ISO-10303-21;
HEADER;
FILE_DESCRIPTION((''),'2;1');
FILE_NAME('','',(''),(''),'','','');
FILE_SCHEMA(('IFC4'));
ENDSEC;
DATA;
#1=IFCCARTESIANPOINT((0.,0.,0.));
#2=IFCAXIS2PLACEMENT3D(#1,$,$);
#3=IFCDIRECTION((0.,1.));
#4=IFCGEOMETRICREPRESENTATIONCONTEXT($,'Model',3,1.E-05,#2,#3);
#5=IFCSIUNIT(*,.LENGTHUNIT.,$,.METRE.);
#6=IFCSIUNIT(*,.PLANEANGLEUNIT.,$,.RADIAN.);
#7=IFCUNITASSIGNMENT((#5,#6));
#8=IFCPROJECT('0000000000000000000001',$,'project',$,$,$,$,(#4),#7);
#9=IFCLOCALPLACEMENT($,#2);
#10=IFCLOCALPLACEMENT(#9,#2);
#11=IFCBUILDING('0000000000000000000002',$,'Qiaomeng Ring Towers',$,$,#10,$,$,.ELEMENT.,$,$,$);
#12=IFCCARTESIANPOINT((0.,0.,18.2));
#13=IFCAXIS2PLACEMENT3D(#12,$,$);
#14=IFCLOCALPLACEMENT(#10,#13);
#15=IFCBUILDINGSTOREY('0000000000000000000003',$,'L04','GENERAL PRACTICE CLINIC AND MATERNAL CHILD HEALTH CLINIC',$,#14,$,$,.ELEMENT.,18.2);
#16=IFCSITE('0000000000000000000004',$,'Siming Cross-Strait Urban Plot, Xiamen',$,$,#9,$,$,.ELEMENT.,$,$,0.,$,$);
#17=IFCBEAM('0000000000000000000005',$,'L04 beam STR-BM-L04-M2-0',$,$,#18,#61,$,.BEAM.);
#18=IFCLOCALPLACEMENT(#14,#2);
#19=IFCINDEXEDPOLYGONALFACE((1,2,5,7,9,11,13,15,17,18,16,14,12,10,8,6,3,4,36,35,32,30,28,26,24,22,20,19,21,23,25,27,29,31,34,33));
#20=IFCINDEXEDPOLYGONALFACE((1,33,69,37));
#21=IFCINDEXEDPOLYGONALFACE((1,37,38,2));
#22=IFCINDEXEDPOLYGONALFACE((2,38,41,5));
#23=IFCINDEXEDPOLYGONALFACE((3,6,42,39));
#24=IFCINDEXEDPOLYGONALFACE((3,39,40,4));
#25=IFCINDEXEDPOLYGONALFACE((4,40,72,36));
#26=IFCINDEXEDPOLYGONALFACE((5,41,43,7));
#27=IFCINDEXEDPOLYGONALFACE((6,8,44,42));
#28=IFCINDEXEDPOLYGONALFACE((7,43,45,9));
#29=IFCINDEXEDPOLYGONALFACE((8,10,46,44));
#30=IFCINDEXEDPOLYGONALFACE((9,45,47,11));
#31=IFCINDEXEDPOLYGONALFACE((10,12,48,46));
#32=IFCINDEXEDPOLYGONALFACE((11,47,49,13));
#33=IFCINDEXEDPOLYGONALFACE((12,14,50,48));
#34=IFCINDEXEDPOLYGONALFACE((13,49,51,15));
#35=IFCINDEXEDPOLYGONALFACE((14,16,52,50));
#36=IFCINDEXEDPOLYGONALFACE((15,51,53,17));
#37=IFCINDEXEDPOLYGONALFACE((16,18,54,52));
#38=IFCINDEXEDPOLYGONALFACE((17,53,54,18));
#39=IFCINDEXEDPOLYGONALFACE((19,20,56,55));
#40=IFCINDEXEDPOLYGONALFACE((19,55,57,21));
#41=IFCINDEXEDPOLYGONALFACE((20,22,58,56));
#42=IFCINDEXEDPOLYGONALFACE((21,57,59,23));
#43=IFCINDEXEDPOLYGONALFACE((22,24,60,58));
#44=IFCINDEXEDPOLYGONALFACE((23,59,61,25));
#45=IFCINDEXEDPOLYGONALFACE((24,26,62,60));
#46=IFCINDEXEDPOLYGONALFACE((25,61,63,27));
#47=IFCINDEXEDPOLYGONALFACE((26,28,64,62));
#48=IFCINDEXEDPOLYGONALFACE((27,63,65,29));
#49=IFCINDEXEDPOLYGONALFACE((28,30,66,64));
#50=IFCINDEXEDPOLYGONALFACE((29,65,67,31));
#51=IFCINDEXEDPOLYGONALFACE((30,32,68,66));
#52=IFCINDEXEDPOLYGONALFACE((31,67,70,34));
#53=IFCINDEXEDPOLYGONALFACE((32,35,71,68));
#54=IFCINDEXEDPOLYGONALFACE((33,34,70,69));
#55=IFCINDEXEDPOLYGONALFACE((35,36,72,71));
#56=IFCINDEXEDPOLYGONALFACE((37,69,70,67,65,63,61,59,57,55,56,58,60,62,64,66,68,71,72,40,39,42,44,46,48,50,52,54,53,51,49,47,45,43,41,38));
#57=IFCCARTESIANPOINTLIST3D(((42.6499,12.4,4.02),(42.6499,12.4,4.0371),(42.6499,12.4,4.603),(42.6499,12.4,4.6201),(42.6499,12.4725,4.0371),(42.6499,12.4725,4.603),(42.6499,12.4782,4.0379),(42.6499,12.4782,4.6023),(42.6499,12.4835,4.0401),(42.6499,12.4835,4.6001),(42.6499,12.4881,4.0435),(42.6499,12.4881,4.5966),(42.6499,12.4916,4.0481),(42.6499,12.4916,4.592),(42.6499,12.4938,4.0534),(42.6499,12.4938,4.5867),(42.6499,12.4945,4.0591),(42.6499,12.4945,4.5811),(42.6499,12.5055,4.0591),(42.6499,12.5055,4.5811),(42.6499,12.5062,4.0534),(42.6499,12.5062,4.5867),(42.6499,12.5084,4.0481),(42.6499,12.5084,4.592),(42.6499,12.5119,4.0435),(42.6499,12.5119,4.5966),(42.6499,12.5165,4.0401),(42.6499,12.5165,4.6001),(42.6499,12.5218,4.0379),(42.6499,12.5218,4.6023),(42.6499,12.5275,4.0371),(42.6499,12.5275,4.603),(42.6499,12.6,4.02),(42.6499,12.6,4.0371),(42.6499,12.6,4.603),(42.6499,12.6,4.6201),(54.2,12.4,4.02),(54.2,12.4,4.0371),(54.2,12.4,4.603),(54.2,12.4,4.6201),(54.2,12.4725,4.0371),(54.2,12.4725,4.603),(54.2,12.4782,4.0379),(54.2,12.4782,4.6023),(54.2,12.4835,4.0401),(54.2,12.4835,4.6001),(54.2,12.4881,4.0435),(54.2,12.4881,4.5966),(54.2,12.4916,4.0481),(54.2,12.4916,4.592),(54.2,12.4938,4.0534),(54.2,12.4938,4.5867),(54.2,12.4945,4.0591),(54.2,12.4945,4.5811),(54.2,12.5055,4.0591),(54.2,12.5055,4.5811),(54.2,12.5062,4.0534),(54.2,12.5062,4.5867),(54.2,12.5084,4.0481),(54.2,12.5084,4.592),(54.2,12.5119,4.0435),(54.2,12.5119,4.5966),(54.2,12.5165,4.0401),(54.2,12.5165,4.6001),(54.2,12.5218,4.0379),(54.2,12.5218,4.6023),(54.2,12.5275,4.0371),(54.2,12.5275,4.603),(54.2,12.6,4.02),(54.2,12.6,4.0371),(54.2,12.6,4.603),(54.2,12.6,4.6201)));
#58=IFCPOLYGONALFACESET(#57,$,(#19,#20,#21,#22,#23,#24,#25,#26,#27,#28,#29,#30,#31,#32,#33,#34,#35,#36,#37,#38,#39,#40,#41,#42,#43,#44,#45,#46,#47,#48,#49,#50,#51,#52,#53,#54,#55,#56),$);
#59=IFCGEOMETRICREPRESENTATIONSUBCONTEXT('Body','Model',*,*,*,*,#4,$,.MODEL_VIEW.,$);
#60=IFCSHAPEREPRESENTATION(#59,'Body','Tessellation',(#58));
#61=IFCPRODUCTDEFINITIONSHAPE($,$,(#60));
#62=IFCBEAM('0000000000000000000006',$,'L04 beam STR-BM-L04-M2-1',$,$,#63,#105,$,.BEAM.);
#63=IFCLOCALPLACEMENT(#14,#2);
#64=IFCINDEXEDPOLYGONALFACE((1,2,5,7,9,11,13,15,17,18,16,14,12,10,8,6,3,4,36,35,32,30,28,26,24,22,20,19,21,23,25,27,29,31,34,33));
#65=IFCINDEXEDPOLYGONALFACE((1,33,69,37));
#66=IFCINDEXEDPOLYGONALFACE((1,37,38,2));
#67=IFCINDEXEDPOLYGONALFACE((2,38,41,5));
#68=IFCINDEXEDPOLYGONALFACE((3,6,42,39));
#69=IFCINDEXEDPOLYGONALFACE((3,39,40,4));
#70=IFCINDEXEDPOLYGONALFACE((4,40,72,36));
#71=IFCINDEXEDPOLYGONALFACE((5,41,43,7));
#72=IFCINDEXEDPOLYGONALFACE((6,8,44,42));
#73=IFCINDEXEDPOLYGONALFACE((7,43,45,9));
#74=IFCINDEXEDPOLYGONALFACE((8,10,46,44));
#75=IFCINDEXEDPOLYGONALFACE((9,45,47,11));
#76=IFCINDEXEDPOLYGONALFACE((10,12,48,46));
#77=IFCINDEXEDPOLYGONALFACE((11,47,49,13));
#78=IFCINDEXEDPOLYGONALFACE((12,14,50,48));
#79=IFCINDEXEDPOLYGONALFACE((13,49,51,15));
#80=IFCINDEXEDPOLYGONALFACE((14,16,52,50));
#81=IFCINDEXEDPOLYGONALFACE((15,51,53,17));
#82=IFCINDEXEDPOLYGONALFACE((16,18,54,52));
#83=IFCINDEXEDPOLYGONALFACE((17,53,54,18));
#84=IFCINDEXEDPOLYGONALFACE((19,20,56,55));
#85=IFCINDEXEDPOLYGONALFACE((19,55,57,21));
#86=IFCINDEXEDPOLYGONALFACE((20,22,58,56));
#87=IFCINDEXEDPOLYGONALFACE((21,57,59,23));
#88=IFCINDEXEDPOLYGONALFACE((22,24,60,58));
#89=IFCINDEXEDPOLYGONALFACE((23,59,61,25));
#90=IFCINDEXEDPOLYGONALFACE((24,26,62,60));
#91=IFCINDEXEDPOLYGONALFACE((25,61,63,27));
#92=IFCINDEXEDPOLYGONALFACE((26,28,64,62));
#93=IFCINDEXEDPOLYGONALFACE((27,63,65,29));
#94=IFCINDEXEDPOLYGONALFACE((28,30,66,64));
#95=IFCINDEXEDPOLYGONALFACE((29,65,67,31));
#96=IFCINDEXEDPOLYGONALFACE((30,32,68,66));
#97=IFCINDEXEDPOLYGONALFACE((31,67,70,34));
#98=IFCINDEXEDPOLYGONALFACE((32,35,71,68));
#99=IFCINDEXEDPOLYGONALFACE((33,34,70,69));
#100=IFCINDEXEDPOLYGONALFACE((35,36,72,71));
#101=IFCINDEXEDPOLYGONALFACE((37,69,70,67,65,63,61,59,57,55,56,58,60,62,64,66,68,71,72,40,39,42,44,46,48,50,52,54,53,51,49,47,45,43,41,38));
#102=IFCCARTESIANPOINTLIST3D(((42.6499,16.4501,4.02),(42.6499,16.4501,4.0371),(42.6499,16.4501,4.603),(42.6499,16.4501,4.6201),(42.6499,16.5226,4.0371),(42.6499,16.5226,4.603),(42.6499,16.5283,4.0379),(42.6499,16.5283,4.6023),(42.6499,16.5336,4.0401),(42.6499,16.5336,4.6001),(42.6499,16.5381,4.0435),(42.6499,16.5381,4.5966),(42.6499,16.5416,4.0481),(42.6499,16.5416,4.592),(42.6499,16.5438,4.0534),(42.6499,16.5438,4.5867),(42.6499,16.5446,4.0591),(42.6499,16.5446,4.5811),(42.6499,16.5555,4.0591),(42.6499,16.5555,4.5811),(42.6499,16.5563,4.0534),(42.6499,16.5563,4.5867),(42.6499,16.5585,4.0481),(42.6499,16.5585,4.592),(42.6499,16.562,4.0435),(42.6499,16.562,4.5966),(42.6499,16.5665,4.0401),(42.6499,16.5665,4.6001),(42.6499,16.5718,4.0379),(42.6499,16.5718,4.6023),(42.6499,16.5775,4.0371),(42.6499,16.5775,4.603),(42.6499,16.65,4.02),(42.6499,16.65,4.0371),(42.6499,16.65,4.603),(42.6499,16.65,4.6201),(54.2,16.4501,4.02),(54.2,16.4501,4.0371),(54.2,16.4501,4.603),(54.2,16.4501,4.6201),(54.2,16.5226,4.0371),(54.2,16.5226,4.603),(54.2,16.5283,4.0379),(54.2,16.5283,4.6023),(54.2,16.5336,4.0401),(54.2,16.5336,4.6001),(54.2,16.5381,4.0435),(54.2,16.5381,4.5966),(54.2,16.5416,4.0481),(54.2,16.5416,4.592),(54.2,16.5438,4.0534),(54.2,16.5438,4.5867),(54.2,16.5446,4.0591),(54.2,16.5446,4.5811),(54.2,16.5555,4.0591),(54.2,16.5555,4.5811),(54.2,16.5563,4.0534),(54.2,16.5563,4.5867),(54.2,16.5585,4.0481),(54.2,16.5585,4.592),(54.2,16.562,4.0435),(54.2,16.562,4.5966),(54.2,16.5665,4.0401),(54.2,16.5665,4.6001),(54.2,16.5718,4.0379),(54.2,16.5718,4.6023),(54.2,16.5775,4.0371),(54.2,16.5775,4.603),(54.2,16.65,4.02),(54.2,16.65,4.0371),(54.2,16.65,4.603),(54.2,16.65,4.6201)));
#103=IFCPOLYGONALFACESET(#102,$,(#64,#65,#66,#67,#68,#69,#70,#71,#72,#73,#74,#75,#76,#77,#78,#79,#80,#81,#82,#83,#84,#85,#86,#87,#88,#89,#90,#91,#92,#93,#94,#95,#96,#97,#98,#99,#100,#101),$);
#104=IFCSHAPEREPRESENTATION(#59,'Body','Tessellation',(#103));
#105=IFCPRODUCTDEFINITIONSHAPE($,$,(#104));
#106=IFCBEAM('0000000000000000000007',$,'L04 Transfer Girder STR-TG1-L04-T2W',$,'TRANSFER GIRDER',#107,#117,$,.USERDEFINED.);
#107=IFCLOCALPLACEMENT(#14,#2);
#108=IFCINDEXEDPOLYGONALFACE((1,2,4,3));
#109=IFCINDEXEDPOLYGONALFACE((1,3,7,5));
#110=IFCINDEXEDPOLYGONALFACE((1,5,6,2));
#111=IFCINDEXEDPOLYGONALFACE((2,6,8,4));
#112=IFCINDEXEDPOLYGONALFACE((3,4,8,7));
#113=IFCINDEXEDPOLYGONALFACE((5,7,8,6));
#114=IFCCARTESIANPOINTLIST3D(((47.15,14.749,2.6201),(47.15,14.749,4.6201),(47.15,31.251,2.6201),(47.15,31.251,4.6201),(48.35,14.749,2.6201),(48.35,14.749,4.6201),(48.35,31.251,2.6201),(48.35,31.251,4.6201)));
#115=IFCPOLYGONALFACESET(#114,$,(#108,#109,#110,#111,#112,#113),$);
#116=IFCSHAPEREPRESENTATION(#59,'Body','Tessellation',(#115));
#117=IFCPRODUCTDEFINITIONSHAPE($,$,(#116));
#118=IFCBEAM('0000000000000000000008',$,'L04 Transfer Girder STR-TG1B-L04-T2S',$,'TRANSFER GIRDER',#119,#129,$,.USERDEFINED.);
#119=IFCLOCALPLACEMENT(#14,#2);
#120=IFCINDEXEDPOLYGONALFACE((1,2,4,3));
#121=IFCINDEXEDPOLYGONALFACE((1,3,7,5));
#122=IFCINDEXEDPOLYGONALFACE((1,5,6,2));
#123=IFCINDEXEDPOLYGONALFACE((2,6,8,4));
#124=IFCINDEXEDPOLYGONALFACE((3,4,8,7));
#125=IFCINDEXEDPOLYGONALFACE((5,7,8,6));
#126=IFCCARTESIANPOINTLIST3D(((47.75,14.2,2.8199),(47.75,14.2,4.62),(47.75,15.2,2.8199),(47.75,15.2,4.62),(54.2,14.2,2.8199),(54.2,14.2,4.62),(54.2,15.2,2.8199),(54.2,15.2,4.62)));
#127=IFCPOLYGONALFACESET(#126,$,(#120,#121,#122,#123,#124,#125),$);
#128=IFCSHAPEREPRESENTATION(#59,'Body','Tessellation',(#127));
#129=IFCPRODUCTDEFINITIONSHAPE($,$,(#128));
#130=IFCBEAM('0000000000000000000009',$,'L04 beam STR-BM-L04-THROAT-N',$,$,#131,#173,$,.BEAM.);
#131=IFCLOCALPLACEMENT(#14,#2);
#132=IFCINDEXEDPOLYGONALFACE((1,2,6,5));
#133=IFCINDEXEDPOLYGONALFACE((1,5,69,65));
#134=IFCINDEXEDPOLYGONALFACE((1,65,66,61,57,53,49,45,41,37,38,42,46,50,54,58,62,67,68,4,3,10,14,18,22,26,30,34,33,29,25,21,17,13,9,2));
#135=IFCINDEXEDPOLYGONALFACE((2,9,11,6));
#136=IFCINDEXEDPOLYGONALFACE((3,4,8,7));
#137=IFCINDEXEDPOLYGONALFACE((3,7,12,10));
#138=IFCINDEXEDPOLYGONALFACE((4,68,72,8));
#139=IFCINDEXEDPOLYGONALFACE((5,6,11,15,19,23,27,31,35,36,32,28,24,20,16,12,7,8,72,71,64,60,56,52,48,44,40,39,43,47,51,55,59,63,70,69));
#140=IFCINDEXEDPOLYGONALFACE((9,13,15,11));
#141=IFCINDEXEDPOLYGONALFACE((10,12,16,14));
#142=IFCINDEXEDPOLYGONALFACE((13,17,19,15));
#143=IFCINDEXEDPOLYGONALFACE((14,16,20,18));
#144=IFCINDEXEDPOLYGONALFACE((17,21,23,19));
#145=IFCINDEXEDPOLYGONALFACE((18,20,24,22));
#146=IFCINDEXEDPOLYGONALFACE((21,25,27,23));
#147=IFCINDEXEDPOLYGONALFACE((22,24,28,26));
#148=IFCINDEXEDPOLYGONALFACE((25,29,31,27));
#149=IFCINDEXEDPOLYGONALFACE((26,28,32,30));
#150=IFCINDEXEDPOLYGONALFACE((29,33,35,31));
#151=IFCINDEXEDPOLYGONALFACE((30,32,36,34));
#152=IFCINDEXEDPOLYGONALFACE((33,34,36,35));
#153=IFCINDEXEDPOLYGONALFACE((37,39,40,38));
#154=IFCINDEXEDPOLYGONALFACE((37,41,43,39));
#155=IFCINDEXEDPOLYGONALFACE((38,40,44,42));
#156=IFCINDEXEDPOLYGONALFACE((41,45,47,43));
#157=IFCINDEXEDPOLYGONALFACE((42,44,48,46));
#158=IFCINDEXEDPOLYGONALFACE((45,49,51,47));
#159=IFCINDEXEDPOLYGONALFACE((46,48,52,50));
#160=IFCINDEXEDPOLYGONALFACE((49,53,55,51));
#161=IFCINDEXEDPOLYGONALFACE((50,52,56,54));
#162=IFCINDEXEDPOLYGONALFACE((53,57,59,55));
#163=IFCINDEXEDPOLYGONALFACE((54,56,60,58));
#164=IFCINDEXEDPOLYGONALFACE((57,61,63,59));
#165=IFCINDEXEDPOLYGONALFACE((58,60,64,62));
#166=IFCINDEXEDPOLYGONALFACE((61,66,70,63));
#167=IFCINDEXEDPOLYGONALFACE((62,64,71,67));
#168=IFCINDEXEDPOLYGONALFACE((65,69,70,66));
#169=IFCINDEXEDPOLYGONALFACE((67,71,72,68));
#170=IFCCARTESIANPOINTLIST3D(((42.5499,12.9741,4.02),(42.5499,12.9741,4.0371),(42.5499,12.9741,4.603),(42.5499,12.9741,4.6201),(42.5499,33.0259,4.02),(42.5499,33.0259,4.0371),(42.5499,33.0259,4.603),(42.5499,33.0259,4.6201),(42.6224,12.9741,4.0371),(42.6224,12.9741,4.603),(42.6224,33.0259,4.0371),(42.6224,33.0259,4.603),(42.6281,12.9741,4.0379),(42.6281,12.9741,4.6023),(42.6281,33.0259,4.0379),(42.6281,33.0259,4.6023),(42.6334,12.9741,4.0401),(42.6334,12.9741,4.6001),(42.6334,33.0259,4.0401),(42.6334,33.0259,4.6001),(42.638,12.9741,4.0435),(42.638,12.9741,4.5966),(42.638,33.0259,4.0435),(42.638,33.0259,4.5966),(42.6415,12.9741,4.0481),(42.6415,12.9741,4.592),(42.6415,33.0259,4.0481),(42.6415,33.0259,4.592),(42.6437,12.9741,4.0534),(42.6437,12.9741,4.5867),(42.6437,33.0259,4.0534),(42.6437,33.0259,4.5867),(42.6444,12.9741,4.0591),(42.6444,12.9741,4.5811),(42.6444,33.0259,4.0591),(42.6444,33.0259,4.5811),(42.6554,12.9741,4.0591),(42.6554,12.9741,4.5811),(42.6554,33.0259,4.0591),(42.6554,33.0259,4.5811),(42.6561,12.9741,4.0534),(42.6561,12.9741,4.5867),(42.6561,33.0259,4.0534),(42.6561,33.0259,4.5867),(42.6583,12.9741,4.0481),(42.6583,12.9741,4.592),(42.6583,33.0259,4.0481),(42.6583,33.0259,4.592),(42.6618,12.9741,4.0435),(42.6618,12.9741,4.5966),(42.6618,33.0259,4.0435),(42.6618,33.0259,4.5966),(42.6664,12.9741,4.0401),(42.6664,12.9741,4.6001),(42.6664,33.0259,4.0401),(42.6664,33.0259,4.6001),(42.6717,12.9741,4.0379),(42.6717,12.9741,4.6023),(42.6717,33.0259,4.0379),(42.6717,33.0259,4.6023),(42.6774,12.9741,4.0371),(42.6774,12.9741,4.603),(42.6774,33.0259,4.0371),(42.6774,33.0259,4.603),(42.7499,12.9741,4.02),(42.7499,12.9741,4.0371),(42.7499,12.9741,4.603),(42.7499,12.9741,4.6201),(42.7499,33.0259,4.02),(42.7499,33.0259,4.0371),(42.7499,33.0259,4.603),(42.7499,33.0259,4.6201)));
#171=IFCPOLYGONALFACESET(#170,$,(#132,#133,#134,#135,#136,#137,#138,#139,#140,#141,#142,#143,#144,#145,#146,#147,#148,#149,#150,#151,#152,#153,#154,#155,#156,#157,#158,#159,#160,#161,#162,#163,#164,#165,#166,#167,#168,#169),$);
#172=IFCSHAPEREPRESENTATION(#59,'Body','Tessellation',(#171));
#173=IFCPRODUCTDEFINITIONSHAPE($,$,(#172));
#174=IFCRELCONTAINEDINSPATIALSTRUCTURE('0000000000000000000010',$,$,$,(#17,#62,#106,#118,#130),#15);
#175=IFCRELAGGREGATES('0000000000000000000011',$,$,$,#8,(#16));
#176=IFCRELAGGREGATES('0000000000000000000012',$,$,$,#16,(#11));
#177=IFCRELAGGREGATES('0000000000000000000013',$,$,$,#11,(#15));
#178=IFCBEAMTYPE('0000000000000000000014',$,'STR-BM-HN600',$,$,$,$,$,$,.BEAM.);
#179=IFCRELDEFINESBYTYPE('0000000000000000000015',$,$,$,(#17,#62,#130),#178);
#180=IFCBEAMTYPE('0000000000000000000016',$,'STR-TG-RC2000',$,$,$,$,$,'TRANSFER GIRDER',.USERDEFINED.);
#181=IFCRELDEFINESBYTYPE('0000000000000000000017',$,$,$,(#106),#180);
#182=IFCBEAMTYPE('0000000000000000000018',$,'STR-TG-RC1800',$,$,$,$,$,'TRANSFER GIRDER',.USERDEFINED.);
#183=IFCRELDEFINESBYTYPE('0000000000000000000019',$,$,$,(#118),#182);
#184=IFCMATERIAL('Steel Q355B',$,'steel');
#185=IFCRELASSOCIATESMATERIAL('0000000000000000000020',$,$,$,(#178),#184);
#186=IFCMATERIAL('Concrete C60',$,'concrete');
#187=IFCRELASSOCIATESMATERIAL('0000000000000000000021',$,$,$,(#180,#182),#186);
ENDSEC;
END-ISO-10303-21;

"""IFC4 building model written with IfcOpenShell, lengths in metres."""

from ifc_helpers import new_model, si_unit, direction, frame, origin, origin_2d, place, context, subcontext, project, spatial, rectangle, i_section, extrude, source, transform, mapped, material, material_profile, profile_set, type_object, element, save


model = new_model("IFC4")

# Units and contexts
model_context = context("Model", 3, precision=1e-05, world=origin(), true_north=direction((0.0, 1.0)))
body_context = subcontext(model_context, "Body", "Model", "MODEL_VIEW")
ifc_project = project(units=[si_unit("LENGTHUNIT", "METRE"), si_unit("PLANEANGLEUNIT", "RADIAN")], contexts=[model_context])

# Site, building, storey
site_placement = place(None, origin())
site = spatial("IfcSite", under=ifc_project, at=site_placement, Name="Siming Cross-Strait Urban Plot, Xiamen", CompositionType="ELEMENT", RefElevation=0.0)
building_placement = place(site_placement, origin())
building = spatial("IfcBuilding", under=site, at=building_placement, Name="Qiaomeng Ring Towers", CompositionType="ELEMENT")
storey_placement = place(building_placement, frame((0.0, 0.0, 18.2)))
storey = spatial("IfcBuildingStorey", under=building, at=storey_placement, Name="L04", Description="GENERAL PRACTICE CLINIC AND MATERNAL CHILD HEALTH CLINIC", CompositionType="ELEMENT", Elevation=18.2)

# Shared definitions
ifc_material_1 = material(Name="Concrete C60", Category="concrete")

# Beams
ifc_material_2 = material(Name="Steel Q355B", Category="steel")
ifc_material_profile_1 = material_profile(ifc_material_2, i_section(OverallWidth=0.2, OverallDepth=0.6001, WebThickness=0.011, FlangeThickness=0.0171, FilletRadius=0.022, at=origin_2d()), Name="HN 600x200x11x17")
ifc_profile_set_1 = profile_set([ifc_material_profile_1], Name="Steel Q355B")
beam_type_1 = type_object("IfcBeamType", Name="STR-BM-HN600", PredefinedType="BEAM", material=ifc_profile_set_1)
shared_shape_1 = source(origin(), body_context, "Body", "SweptSolid", [
    extrude(i_section(OverallWidth=0.2, OverallDepth=0.6001, WebThickness=0.011, FlangeThickness=0.0171, FilletRadius=0.022, at=origin_2d()), origin(), (0.0, 0.0, 1.0), 11.55),
])
for number, where, z_axis, x_axis, name in (
    (1, (42.6499, 12.5, 4.3201), (1.0, 0.0, 0.0), (0.0, 1.0, 0.0), "L04 beam STR-BM-L04-M2-0"),
    (2, (42.6499, 16.55, 4.3201), (1.0, 0.0, 0.0), (0.0, 1.0, 0.0), "L04 beam STR-BM-L04-M2-1"),
):
    element("IfcBeam", number, at=place(storey_placement, frame(where, z_axis=z_axis, x_axis=x_axis)), inside=storey, type_object=beam_type_1, Name=name, PredefinedType="BEAM", context=body_context, shape_type="MappedRepresentation", body=[
        mapped(shared_shape_1, transform((0.0, 0.0, 0.0), x_axis=(1.0, 0.0, 0.0), y_axis=(0.0, 1.0, 0.0), z_axis=(0.0, 0.0, 1.0), scale=1.0)),
    ])
ifc_material_profile_2 = material_profile(ifc_material_1, rectangle(XDim=1.2, YDim=2.0, at=origin_2d()), Name="RC TG 1200x2000")
ifc_profile_set_2 = profile_set([ifc_material_profile_2], Name="Concrete C60")
beam_type_2 = type_object("IfcBeamType", Name="STR-TG-RC2000", ElementType="TRANSFER GIRDER", PredefinedType="USERDEFINED", material=ifc_profile_set_2)
shared_shape_2 = source(origin(), body_context, "Body", "SweptSolid", [
    extrude(rectangle(XDim=1.2, YDim=2.0, at=origin_2d()), origin(), (0.0, 0.0, 1.0), 16.502),
])
beam_1_placement = place(storey_placement, frame((47.75, 14.749, 3.6201), z_axis=(0.0, 1.0, 0.0), x_axis=(-1.0, 0.0, 0.0)))
element("IfcBeam", 3, at=beam_1_placement, inside=storey, type_object=beam_type_2, Name="L04 Transfer Girder STR-TG1-L04-T2W", ObjectType="TRANSFER GIRDER", PredefinedType="USERDEFINED", context=body_context, shape_type="MappedRepresentation", body=[
    mapped(shared_shape_2, transform((0.0, 0.0, 0.0), x_axis=(1.0, 0.0, 0.0), y_axis=(0.0, 1.0, 0.0), z_axis=(0.0, 0.0, 1.0), scale=1.0)),
])
ifc_material_profile_3 = material_profile(ifc_material_1, rectangle(XDim=1.0, YDim=1.8, at=origin_2d()), Name="RC TG 1000x1800")
ifc_profile_set_3 = profile_set([ifc_material_profile_3], Name="Concrete C60")
beam_type_3 = type_object("IfcBeamType", Name="STR-TG-RC1800", ElementType="TRANSFER GIRDER", PredefinedType="USERDEFINED", material=ifc_profile_set_3)
shared_shape_3 = source(origin(), body_context, "Body", "SweptSolid", [
    extrude(rectangle(XDim=1.0, YDim=1.8, at=origin_2d()), origin(), (0.0, 0.0, 1.0), 6.45),
])
beam_2_placement = place(storey_placement, frame((47.75, 14.7, 3.72), z_axis=(1.0, 0.0, 0.0), x_axis=(0.0, 1.0, 0.0)))
element("IfcBeam", 4, at=beam_2_placement, inside=storey, type_object=beam_type_3, Name="L04 Transfer Girder STR-TG1B-L04-T2S", ObjectType="TRANSFER GIRDER", PredefinedType="USERDEFINED", context=body_context, shape_type="MappedRepresentation", body=[
    mapped(shared_shape_3, transform((0.0, 0.0, 0.0), x_axis=(1.0, 0.0, 0.0), y_axis=(0.0, 1.0, 0.0), z_axis=(0.0, 0.0, 1.0), scale=1.0)),
])
shared_shape_4 = source(origin(), body_context, "Body", "SweptSolid", [
    extrude(i_section(OverallWidth=0.2, OverallDepth=0.6001, WebThickness=0.011, FlangeThickness=0.0171, FilletRadius=0.022, at=origin_2d()), origin(), (0.0, 0.0, 1.0), 20.0518),
])
beam_3_placement = place(storey_placement, frame((42.6499, 12.9741, 4.3201), z_axis=(0.0, 1.0, 0.0), x_axis=(-1.0, 0.0, 0.0)))
element("IfcBeam", 5, at=beam_3_placement, inside=storey, type_object=beam_type_1, Name="L04 beam STR-BM-L04-THROAT-N", PredefinedType="BEAM", context=body_context, shape_type="MappedRepresentation", body=[
    mapped(shared_shape_4, transform((0.0, 0.0, 0.0), x_axis=(1.0, 0.0, 0.0), y_axis=(0.0, 1.0, 0.0), z_axis=(0.0, 0.0, 1.0), scale=1.0)),
])

save(model, "model.ifc")
